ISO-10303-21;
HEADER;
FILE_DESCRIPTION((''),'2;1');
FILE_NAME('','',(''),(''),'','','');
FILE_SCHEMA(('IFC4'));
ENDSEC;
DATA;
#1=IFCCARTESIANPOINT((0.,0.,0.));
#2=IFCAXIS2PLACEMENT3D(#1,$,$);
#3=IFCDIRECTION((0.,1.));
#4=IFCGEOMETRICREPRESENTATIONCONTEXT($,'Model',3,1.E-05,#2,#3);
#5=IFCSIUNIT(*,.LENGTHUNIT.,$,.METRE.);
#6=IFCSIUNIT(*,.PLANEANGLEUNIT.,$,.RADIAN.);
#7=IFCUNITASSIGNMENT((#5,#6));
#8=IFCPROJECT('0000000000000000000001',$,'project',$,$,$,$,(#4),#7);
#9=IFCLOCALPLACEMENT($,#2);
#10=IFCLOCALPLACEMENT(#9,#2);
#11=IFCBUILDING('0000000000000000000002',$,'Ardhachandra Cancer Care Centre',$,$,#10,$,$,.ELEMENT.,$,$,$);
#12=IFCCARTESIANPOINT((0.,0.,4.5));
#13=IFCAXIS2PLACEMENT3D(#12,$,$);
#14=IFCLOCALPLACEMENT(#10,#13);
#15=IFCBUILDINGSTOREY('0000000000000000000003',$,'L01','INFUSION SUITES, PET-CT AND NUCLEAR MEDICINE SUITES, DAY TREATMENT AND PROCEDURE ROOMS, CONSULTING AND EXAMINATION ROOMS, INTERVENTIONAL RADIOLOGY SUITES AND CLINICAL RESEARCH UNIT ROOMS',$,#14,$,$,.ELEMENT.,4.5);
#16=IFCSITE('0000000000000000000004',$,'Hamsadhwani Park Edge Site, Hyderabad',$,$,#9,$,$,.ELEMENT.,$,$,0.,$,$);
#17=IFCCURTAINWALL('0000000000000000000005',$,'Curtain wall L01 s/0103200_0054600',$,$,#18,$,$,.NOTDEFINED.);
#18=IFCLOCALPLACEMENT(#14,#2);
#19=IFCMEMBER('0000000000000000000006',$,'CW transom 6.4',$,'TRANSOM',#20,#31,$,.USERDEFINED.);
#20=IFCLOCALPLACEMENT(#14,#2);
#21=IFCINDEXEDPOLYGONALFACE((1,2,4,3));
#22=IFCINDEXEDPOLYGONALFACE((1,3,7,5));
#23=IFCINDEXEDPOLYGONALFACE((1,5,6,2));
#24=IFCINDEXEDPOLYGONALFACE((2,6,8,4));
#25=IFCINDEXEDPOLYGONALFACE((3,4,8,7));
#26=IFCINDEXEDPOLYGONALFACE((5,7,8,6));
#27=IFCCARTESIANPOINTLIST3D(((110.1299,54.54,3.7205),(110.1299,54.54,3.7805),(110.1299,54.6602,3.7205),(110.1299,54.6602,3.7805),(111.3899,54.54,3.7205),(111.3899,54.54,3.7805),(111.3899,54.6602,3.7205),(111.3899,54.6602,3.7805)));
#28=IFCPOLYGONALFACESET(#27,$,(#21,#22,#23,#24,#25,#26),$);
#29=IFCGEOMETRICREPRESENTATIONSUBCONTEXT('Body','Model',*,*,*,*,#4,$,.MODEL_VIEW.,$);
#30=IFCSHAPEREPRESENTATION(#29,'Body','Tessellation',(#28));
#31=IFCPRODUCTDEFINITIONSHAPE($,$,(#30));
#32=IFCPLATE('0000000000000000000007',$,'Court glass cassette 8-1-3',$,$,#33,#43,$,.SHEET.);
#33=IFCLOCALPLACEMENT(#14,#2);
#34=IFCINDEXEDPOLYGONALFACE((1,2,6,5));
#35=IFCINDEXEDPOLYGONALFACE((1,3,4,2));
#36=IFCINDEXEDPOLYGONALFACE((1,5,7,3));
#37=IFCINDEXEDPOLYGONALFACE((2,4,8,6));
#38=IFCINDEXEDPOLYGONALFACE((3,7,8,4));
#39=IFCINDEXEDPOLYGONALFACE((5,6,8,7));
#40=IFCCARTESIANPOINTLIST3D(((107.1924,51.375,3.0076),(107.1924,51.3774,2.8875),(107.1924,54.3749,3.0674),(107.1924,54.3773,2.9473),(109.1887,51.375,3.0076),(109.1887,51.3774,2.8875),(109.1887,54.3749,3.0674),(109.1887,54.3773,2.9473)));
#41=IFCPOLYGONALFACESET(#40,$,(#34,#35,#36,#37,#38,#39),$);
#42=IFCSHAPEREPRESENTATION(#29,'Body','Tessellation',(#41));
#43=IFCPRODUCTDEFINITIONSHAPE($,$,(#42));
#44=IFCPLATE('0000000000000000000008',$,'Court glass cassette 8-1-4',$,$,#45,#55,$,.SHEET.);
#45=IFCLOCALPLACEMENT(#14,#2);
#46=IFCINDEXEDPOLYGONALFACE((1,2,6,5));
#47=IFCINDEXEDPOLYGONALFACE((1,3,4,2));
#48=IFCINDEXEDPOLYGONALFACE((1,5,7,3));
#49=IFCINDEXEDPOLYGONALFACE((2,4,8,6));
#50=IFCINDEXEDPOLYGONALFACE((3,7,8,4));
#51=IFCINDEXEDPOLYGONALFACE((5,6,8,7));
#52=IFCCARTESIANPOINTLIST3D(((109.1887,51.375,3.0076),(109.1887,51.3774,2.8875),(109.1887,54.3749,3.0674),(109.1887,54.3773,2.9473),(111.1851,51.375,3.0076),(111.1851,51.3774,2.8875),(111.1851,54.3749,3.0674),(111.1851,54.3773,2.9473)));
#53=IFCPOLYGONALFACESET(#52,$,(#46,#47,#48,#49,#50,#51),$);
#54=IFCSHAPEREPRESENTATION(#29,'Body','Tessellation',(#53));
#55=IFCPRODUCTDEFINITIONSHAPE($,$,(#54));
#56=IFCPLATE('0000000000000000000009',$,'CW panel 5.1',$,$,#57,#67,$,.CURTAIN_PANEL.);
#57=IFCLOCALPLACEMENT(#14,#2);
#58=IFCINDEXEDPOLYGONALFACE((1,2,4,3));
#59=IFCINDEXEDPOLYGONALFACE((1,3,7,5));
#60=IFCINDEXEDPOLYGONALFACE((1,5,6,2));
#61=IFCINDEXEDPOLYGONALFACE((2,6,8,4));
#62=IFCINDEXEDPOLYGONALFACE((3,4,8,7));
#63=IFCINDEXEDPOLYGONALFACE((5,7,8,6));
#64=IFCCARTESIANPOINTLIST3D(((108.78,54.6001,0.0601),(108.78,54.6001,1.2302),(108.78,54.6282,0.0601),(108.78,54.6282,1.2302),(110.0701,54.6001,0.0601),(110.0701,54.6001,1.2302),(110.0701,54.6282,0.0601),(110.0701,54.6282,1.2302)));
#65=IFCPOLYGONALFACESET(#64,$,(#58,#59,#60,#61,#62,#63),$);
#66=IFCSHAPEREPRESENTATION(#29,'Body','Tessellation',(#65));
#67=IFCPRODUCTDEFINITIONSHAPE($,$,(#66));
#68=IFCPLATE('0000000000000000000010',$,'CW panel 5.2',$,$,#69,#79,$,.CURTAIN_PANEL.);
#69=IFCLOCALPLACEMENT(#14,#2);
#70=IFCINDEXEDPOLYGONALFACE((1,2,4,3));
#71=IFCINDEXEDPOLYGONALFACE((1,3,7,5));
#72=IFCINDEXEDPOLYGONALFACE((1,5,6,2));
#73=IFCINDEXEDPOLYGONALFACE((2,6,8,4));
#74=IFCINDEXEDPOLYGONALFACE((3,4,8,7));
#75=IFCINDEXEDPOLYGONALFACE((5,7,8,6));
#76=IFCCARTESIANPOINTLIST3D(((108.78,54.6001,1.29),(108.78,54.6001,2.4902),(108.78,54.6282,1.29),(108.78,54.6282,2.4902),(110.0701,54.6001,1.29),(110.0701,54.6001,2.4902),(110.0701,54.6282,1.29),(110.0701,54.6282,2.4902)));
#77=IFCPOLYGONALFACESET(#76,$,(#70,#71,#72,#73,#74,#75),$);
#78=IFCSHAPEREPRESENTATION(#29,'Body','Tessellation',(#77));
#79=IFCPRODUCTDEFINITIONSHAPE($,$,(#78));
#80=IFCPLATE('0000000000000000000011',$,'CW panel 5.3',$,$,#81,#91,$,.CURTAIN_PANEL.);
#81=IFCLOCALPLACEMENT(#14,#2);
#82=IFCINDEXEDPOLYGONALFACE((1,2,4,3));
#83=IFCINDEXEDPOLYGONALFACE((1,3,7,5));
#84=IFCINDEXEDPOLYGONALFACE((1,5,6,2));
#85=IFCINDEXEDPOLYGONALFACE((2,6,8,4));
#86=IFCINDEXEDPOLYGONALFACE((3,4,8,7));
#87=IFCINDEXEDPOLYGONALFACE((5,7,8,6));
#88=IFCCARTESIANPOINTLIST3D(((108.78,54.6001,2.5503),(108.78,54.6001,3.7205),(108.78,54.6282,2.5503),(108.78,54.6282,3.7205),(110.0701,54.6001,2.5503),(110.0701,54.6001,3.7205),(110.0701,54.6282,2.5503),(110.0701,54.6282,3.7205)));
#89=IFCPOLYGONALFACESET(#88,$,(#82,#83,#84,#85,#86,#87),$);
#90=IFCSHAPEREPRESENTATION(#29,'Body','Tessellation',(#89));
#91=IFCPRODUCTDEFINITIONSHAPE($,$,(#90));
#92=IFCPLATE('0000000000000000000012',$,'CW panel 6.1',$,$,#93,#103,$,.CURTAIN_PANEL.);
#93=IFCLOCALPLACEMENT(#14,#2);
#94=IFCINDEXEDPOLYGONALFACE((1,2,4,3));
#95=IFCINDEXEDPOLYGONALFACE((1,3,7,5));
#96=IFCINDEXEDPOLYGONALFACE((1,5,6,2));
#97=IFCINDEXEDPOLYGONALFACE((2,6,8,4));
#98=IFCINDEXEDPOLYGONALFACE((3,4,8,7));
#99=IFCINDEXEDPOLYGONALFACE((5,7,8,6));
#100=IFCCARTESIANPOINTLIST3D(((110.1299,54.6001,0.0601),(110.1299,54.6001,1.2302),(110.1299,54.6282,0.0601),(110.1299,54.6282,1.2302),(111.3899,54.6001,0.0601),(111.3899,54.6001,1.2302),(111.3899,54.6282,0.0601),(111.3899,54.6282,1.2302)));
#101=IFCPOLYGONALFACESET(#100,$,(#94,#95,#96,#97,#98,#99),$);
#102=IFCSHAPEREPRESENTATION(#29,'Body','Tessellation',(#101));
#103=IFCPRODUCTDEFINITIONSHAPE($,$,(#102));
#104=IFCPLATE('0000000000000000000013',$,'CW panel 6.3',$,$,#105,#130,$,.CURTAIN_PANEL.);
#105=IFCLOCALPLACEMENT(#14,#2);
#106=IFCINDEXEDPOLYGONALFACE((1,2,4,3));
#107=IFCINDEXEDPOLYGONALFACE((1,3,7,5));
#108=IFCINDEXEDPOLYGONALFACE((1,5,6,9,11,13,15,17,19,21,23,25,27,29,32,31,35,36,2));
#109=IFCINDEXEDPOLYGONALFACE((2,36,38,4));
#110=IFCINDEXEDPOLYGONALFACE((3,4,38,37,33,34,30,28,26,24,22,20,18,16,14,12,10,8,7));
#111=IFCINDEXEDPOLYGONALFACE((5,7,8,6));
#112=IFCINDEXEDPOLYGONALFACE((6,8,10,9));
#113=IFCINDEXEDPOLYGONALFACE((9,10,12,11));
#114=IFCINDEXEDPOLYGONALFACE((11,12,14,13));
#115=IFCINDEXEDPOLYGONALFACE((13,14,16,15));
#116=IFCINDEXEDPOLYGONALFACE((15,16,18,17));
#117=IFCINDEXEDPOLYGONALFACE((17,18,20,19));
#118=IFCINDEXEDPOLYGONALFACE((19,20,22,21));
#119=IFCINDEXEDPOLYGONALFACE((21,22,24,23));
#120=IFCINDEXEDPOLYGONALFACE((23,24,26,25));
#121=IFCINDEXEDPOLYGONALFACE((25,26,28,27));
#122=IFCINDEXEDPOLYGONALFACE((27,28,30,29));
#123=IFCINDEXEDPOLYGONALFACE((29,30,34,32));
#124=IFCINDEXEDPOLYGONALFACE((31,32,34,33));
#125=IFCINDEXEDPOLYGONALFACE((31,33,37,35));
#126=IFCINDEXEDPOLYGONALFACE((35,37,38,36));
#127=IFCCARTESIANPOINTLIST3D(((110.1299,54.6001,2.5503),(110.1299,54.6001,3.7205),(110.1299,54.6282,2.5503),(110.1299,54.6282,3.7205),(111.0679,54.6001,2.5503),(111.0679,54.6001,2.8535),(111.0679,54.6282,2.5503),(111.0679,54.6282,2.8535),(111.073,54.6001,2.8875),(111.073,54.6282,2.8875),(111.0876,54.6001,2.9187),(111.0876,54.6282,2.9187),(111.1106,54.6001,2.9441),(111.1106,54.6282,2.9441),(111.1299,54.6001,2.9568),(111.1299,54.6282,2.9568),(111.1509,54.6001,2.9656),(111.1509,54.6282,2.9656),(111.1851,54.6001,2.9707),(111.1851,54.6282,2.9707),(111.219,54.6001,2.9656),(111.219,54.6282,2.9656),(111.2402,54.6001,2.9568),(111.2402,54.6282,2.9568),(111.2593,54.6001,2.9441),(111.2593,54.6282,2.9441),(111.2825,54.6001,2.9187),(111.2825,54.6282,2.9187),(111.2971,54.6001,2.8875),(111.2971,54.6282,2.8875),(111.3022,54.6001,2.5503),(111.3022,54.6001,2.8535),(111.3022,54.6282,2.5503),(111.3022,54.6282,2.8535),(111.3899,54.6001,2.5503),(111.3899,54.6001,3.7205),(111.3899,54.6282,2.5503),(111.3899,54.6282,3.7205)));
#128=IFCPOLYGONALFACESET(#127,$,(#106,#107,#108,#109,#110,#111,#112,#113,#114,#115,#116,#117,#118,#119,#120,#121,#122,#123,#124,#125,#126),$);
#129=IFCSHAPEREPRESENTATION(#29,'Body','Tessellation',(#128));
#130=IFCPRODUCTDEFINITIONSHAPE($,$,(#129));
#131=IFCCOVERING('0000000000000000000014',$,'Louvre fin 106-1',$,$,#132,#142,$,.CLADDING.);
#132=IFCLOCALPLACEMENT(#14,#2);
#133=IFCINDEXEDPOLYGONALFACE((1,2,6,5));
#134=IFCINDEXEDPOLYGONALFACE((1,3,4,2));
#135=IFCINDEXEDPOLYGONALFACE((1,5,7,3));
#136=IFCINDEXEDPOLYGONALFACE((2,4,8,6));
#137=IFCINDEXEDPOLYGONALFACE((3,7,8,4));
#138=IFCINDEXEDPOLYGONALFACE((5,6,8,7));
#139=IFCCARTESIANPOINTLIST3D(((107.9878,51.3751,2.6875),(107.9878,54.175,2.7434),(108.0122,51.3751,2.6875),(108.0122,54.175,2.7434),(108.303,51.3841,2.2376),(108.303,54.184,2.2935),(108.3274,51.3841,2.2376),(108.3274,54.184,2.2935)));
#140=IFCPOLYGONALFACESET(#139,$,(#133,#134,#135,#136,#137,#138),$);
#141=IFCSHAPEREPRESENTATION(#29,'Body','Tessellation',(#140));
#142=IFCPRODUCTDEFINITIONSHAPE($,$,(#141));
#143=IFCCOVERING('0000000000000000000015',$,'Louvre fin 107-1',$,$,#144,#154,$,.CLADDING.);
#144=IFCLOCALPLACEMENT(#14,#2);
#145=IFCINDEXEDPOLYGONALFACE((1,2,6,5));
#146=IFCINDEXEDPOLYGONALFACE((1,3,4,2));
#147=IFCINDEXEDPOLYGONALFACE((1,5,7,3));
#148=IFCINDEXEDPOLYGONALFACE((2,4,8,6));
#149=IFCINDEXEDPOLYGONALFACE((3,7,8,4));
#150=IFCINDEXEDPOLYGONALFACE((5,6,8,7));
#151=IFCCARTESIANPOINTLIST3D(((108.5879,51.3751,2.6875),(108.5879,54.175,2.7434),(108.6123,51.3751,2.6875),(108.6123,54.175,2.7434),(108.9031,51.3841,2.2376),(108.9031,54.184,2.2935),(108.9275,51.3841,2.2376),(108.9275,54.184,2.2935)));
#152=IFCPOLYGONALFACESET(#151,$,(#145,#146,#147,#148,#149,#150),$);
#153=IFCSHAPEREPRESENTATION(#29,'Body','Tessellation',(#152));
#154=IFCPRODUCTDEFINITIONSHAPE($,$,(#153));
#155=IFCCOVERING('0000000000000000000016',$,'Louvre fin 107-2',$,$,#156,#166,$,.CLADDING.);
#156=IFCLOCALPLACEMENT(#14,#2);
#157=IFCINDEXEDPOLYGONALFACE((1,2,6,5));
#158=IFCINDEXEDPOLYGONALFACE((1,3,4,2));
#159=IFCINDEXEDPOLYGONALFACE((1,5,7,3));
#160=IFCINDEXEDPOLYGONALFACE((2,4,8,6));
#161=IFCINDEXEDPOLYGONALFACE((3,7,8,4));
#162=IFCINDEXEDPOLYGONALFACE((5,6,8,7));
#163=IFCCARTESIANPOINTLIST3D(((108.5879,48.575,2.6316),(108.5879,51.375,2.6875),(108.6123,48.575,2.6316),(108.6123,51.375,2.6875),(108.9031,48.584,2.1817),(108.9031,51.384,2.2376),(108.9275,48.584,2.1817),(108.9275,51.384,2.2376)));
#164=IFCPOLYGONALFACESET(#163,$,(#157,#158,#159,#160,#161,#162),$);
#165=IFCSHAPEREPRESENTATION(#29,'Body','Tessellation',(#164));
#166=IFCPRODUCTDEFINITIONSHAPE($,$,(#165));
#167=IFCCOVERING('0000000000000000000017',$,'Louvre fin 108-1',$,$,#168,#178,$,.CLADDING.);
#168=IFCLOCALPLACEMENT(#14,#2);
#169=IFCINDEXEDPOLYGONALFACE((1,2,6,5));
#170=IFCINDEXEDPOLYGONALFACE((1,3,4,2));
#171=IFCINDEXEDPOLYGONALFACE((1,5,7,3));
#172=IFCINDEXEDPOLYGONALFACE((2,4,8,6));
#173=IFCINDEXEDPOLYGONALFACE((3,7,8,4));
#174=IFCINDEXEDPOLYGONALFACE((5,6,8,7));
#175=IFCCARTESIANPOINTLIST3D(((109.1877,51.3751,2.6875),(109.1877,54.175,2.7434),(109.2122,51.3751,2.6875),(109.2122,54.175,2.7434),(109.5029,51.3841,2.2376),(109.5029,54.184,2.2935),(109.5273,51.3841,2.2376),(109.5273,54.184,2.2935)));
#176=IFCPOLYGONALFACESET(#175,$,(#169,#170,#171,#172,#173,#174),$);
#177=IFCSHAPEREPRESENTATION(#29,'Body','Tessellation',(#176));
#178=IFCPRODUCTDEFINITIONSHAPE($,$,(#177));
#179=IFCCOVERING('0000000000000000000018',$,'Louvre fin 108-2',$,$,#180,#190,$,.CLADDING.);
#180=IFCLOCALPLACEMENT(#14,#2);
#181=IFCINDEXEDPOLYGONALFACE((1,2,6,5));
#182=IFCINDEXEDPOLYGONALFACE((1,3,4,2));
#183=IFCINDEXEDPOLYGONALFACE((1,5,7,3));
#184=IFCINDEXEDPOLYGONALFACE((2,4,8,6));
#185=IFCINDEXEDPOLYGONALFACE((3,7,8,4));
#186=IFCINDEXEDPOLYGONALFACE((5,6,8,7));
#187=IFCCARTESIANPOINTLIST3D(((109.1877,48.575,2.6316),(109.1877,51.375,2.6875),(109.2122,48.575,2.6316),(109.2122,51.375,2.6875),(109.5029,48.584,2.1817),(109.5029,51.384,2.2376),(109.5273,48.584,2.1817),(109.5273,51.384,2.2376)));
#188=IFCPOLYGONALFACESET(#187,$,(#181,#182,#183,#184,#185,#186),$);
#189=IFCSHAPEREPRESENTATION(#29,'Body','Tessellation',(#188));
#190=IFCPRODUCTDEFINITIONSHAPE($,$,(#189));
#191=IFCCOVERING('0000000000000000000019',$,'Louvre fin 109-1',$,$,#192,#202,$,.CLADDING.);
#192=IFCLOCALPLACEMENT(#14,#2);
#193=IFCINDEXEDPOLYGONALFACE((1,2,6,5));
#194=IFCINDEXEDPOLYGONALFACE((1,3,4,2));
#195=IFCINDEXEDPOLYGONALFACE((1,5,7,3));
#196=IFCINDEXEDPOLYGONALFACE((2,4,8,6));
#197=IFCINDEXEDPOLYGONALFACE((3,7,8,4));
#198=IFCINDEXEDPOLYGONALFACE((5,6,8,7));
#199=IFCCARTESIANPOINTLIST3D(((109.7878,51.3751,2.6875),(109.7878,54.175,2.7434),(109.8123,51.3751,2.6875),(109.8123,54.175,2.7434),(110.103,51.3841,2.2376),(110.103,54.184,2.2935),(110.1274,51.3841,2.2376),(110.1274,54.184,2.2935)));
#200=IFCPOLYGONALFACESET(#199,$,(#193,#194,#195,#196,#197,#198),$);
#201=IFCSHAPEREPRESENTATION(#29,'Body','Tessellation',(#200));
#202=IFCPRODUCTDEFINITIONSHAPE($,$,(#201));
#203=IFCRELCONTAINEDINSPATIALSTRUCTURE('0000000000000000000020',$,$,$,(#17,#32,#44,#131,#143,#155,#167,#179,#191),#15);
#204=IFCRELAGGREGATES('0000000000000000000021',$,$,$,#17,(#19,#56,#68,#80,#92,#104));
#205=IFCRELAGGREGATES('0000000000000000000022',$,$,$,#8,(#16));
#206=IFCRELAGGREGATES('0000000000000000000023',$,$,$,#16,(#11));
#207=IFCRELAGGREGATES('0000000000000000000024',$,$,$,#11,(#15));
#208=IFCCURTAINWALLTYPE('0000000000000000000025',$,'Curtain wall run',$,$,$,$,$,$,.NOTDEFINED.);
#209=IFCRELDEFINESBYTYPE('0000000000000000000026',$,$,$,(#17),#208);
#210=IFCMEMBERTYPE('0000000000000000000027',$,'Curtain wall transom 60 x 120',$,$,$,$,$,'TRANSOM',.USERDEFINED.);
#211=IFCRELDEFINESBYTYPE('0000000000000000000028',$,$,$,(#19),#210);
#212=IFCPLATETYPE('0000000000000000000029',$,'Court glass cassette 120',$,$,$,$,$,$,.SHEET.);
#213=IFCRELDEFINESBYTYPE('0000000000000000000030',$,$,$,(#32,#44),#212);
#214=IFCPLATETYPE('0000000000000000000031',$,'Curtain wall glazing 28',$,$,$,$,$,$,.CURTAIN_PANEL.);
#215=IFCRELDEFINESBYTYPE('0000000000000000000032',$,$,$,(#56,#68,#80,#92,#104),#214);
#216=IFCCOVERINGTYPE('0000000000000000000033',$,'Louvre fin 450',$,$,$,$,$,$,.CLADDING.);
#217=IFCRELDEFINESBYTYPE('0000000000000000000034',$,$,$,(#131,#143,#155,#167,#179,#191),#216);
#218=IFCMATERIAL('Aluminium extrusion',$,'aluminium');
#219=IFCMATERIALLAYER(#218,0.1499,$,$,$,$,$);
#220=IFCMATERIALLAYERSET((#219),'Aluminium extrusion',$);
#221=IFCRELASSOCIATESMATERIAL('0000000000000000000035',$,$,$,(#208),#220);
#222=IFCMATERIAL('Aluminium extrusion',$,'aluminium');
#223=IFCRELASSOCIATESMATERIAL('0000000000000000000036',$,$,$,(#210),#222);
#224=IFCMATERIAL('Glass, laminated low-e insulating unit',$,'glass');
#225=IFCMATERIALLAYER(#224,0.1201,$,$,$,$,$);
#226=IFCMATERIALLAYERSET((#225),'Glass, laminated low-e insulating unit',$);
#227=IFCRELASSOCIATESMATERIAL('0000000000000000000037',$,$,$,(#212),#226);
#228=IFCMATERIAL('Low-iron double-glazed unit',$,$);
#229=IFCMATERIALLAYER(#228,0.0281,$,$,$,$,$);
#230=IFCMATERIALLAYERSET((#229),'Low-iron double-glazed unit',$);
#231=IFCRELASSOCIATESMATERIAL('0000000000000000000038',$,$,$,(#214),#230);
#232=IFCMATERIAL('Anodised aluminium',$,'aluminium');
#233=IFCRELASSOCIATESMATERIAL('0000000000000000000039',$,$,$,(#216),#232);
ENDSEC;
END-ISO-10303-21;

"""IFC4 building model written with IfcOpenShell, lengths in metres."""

from ifc_helpers import new_model, si_unit, direction, frame, origin, origin_2d, place, context, subcontext, project, spatial, polyline, rectangle, outline, extrude, material, layer, layer_set, material_profile, profile_set, type_object, element, aggregate, save


model = new_model("IFC4")

# Units and contexts
model_context = context("Model", 3, precision=1e-05, world=origin(), true_north=direction((0.0, 1.0)))
body_context = subcontext(model_context, "Body", "Model", "MODEL_VIEW")
ifc_project = project(units=[si_unit("LENGTHUNIT", "METRE"), si_unit("PLANEANGLEUNIT", "RADIAN")], contexts=[model_context])

# Site, building, storey
site_placement = place(None, origin())
site = spatial("IfcSite", under=ifc_project, at=site_placement, Name="Hamsadhwani Park Edge Site, Hyderabad", CompositionType="ELEMENT", RefElevation=0.0)
building_placement = place(site_placement, origin())
building = spatial("IfcBuilding", under=site, at=building_placement, Name="Ardhachandra Cancer Care Centre", CompositionType="ELEMENT")
storey_placement = place(building_placement, frame((0.0, 0.0, 4.5)))
storey = spatial("IfcBuildingStorey", under=building, at=storey_placement, Name="L01", Description="INFUSION SUITES, PET-CT AND NUCLEAR MEDICINE SUITES, DAY TREATMENT AND PROCEDURE ROOMS, CONSULTING AND EXAMINATION ROOMS, INTERVENTIONAL RADIOLOGY SUITES AND CLINICAL RESEARCH UNIT ROOMS", CompositionType="ELEMENT", Elevation=4.5)

# Curtain wall, member
ifc_material_1 = material(Name="Aluminium extrusion", Category="aluminium")
ifc_layer_1 = layer(ifc_material_1, 0.1499)
ifc_layer_set_1 = layer_set([ifc_layer_1], Name="Aluminium extrusion")
curtain_wall_type = type_object("IfcCurtainWallType", Name="Curtain wall run", PredefinedType="NOTDEFINED", material=ifc_layer_set_1)
curtain_wall_placement = place(storey_placement, origin())
curtain_wall = element("IfcCurtainWall", 1, at=curtain_wall_placement, inside=storey, type_object=curtain_wall_type, Name="Curtain wall L01 s/0103200_0054600", PredefinedType="NOTDEFINED")
ifc_material_2 = material(Name="Aluminium extrusion", Category="aluminium")
ifc_material_profile_1 = material_profile(ifc_material_2, rectangle(XDim=0.1201, YDim=0.0601, at=origin_2d()), Name="Curtain wall transom 60 x 120")
ifc_profile_set_1 = profile_set([ifc_material_profile_1], Name="Aluminium extrusion")
member_type_1 = type_object("IfcMemberType", Name="Curtain wall transom 60 x 120", ElementType="TRANSOM", PredefinedType="USERDEFINED", material=ifc_profile_set_1)
member_1_placement = place(storey_placement, frame((110.1299, 54.6001, 3.7505), z_axis=(1.0, 0.0, 0.0), x_axis=(0.0, 1.0, 0.0)))
member_1 = element("IfcMember", 2, at=member_1_placement, type_object=member_type_1, Name="CW transom 6.4", ObjectType="TRANSOM", PredefinedType="USERDEFINED", context=body_context, shape_type="SweptSolid", body=[
    extrude(rectangle(XDim=0.1201, YDim=0.0601, at=origin_2d()), origin(), (0.0, 0.0, 1.0), 1.26),
])

# Plates
ifc_material_3 = material(Name="Glass, laminated low-e insulating unit", Category="glass")
ifc_layer_2 = layer(ifc_material_3, 0.1201)
ifc_layer_set_2 = layer_set([ifc_layer_2], Name="Glass, laminated low-e insulating unit")
plate_type_1 = type_object("IfcPlateType", Name="Court glass cassette 120", PredefinedType="SHEET", material=ifc_layer_set_2)
for number, where, z_axis, x_axis, name in (
    (3, (109.1887, 51.375, 3.0076), (0.0, -0.019934, 0.999801), (-1.0, 0.0, 0.0), "Court glass cassette 8-1-3"),
    (4, (111.1851, 51.375, 3.0076), (0.0, -0.019934, 0.999801), (-1.0, 0.0, 0.0), "Court glass cassette 8-1-4"),
):
    element("IfcPlate", number, at=place(storey_placement, frame(where, z_axis=z_axis, x_axis=x_axis)), inside=storey, type_object=plate_type_1, Name=name, PredefinedType="SHEET", context=body_context, shape_type="SweptSolid", body=[
        extrude(outline(polyline([(0.0, -3.0005), (1.9963, -3.0005), (1.9963, 0.0), (0.0, 0.0), (0.0, -3.0005)])), frame((0.0, 0.0, -0.1201)), (0.0, 0.0, 1.0), 0.1201),
    ])

# Plates
ifc_material_4 = material(Name="Low-iron double-glazed unit")
ifc_layer_3 = layer(ifc_material_4, 0.0281)
ifc_layer_set_3 = layer_set([ifc_layer_3], Name="Low-iron double-glazed unit")
plate_type_2 = type_object("IfcPlateType", Name="Curtain wall glazing 28", PredefinedType="CURTAIN_PANEL", material=ifc_layer_set_3)
plate_1_placement = place(storey_placement, frame((108.78, 54.6001, 0.0601), z_axis=(0.0, 1.0, 0.0), x_axis=(0.0, 0.0, 1.0)))
plate_1 = element("IfcPlate", 5, at=plate_1_placement, type_object=plate_type_2, Name="CW panel 5.1", PredefinedType="CURTAIN_PANEL", context=body_context, shape_type="SweptSolid", body=[
    extrude(outline(polyline([(0.0, 0.0), (1.1702, 0.0), (1.1702, 1.29), (0.0, 1.29), (0.0, 0.0)])), origin(), (0.0, 0.0, 1.0), 0.0281),
])
plate_2_placement = place(storey_placement, frame((108.78, 54.6001, 1.29), z_axis=(0.0, 1.0, 0.0), x_axis=(0.0, 0.0, 1.0)))
plate_2 = element("IfcPlate", 6, at=plate_2_placement, type_object=plate_type_2, Name="CW panel 5.2", PredefinedType="CURTAIN_PANEL", context=body_context, shape_type="SweptSolid", body=[
    extrude(outline(polyline([(0.0, 0.0), (1.2002, 0.0), (1.2002, 1.29), (0.0, 1.29), (0.0, 0.0)])), origin(), (0.0, 0.0, 1.0), 0.0281),
])
plate_3_placement = place(storey_placement, frame((108.78, 54.6001, 2.5503), z_axis=(0.0, 1.0, 0.0), x_axis=(0.0, 0.0, 1.0)))
plate_3 = element("IfcPlate", 7, at=plate_3_placement, type_object=plate_type_2, Name="CW panel 5.3", PredefinedType="CURTAIN_PANEL", context=body_context, shape_type="SweptSolid", body=[
    extrude(outline(polyline([(0.0, 0.0), (1.1702, 0.0), (1.1702, 1.29), (0.0, 1.29), (0.0, 0.0)])), origin(), (0.0, 0.0, 1.0), 0.0281),
])
plate_4_placement = place(storey_placement, frame((110.1299, 54.6001, 0.0601), z_axis=(0.0, 1.0, 0.0), x_axis=(0.0, 0.0, 1.0)))
plate_4 = element("IfcPlate", 8, at=plate_4_placement, type_object=plate_type_2, Name="CW panel 6.1", PredefinedType="CURTAIN_PANEL", context=body_context, shape_type="SweptSolid", body=[
    extrude(outline(polyline([(0.0, 0.0), (1.1702, 0.0), (1.1702, 1.26), (0.0, 1.26), (0.0, 0.0)])), origin(), (0.0, 0.0, 1.0), 0.0281),
])
plate_5_placement = place(storey_placement, frame((110.1299, 54.6001, 2.5503), z_axis=(0.0, 1.0, 0.0), x_axis=(0.0, 0.0, 1.0)))
plate_5 = element("IfcPlate", 9, at=plate_5_placement, type_object=plate_type_2, Name="CW panel 6.3", PredefinedType="CURTAIN_PANEL", context=body_context, shape_type="SweptSolid", body=[
    extrude(outline(polyline([(0.0, 0.0), (1.1702, 0.0), (1.1702, 1.26), (0.0, 1.26), (0.0, 1.1724), (0.3032, 1.1724), (0.3372, 1.1672), (0.3684, 1.1526), (0.3938, 1.1294), (0.4065, 1.1104), (0.4153, 1.0891), (0.4204, 1.0552), (0.4153, 1.021), (0.4065, 1.0), (0.3938, 0.9807), (0.3684, 0.9578), (0.3372, 0.9431), (0.3032, 0.938), (0.0, 0.938), (0.0, 0.0)])), origin(), (0.0, 0.0, 1.0), 0.0281),
])
aggregate(curtain_wall, [member_1, plate_1, plate_2, plate_3, plate_4, plate_5])

# Coverings
ifc_material_5 = material(Name="Anodised aluminium", Category="aluminium")
ifc_material_profile_2 = material_profile(ifc_material_5, outline(polyline([(-0.0122, 0.0), (0.0122, 0.0), (0.3274, -0.45), (0.303, -0.45), (-0.0122, 0.0)])), Name="Louvre fin 450")
ifc_profile_set_2 = profile_set([ifc_material_profile_2], Name="Anodised aluminium")
covering_type = type_object("IfcCoveringType", Name="Louvre fin 450", PredefinedType="CLADDING", material=ifc_profile_set_2)
for number, where, z_axis, x_axis, name in (
    (10, (108.0, 54.175, 2.7434), (0.0, -0.999801, -0.019963), (1.0, 0.0, 0.0), "Louvre fin 106-1"),
    (11, (108.6001, 54.175, 2.7434), (0.0, -0.999801, -0.019963), (1.0, 0.0, 0.0), "Louvre fin 107-1"),
    (12, (108.6001, 51.375, 2.6875), (0.0, -0.999801, -0.019963), (1.0, 0.0, 0.0), "Louvre fin 107-2"),
    (13, (109.2, 54.175, 2.7434), (0.0, -0.999801, -0.019963), (1.0, 0.0, 0.0), "Louvre fin 108-1"),
    (14, (109.2, 51.375, 2.6875), (0.0, -0.999801, -0.019963), (1.0, 0.0, 0.0), "Louvre fin 108-2"),
    (15, (109.8, 54.175, 2.7434), (0.0, -0.999801, -0.019963), (1.0, 0.0, 0.0), "Louvre fin 109-1"),
):
    element("IfcCovering", number, at=place(storey_placement, frame(where, z_axis=z_axis, x_axis=x_axis)), inside=storey, type_object=covering_type, Name=name, PredefinedType="CLADDING", context=body_context, shape_type="SweptSolid", body=[
        extrude(outline(polyline([(-0.0122, 0.0), (0.0122, 0.0), (0.3274, -0.45), (0.303, -0.45), (-0.0122, 0.0)])), origin(), (0.0, 0.0, 1.0), 2.8005),
    ])

save(model, "model.ifc")
